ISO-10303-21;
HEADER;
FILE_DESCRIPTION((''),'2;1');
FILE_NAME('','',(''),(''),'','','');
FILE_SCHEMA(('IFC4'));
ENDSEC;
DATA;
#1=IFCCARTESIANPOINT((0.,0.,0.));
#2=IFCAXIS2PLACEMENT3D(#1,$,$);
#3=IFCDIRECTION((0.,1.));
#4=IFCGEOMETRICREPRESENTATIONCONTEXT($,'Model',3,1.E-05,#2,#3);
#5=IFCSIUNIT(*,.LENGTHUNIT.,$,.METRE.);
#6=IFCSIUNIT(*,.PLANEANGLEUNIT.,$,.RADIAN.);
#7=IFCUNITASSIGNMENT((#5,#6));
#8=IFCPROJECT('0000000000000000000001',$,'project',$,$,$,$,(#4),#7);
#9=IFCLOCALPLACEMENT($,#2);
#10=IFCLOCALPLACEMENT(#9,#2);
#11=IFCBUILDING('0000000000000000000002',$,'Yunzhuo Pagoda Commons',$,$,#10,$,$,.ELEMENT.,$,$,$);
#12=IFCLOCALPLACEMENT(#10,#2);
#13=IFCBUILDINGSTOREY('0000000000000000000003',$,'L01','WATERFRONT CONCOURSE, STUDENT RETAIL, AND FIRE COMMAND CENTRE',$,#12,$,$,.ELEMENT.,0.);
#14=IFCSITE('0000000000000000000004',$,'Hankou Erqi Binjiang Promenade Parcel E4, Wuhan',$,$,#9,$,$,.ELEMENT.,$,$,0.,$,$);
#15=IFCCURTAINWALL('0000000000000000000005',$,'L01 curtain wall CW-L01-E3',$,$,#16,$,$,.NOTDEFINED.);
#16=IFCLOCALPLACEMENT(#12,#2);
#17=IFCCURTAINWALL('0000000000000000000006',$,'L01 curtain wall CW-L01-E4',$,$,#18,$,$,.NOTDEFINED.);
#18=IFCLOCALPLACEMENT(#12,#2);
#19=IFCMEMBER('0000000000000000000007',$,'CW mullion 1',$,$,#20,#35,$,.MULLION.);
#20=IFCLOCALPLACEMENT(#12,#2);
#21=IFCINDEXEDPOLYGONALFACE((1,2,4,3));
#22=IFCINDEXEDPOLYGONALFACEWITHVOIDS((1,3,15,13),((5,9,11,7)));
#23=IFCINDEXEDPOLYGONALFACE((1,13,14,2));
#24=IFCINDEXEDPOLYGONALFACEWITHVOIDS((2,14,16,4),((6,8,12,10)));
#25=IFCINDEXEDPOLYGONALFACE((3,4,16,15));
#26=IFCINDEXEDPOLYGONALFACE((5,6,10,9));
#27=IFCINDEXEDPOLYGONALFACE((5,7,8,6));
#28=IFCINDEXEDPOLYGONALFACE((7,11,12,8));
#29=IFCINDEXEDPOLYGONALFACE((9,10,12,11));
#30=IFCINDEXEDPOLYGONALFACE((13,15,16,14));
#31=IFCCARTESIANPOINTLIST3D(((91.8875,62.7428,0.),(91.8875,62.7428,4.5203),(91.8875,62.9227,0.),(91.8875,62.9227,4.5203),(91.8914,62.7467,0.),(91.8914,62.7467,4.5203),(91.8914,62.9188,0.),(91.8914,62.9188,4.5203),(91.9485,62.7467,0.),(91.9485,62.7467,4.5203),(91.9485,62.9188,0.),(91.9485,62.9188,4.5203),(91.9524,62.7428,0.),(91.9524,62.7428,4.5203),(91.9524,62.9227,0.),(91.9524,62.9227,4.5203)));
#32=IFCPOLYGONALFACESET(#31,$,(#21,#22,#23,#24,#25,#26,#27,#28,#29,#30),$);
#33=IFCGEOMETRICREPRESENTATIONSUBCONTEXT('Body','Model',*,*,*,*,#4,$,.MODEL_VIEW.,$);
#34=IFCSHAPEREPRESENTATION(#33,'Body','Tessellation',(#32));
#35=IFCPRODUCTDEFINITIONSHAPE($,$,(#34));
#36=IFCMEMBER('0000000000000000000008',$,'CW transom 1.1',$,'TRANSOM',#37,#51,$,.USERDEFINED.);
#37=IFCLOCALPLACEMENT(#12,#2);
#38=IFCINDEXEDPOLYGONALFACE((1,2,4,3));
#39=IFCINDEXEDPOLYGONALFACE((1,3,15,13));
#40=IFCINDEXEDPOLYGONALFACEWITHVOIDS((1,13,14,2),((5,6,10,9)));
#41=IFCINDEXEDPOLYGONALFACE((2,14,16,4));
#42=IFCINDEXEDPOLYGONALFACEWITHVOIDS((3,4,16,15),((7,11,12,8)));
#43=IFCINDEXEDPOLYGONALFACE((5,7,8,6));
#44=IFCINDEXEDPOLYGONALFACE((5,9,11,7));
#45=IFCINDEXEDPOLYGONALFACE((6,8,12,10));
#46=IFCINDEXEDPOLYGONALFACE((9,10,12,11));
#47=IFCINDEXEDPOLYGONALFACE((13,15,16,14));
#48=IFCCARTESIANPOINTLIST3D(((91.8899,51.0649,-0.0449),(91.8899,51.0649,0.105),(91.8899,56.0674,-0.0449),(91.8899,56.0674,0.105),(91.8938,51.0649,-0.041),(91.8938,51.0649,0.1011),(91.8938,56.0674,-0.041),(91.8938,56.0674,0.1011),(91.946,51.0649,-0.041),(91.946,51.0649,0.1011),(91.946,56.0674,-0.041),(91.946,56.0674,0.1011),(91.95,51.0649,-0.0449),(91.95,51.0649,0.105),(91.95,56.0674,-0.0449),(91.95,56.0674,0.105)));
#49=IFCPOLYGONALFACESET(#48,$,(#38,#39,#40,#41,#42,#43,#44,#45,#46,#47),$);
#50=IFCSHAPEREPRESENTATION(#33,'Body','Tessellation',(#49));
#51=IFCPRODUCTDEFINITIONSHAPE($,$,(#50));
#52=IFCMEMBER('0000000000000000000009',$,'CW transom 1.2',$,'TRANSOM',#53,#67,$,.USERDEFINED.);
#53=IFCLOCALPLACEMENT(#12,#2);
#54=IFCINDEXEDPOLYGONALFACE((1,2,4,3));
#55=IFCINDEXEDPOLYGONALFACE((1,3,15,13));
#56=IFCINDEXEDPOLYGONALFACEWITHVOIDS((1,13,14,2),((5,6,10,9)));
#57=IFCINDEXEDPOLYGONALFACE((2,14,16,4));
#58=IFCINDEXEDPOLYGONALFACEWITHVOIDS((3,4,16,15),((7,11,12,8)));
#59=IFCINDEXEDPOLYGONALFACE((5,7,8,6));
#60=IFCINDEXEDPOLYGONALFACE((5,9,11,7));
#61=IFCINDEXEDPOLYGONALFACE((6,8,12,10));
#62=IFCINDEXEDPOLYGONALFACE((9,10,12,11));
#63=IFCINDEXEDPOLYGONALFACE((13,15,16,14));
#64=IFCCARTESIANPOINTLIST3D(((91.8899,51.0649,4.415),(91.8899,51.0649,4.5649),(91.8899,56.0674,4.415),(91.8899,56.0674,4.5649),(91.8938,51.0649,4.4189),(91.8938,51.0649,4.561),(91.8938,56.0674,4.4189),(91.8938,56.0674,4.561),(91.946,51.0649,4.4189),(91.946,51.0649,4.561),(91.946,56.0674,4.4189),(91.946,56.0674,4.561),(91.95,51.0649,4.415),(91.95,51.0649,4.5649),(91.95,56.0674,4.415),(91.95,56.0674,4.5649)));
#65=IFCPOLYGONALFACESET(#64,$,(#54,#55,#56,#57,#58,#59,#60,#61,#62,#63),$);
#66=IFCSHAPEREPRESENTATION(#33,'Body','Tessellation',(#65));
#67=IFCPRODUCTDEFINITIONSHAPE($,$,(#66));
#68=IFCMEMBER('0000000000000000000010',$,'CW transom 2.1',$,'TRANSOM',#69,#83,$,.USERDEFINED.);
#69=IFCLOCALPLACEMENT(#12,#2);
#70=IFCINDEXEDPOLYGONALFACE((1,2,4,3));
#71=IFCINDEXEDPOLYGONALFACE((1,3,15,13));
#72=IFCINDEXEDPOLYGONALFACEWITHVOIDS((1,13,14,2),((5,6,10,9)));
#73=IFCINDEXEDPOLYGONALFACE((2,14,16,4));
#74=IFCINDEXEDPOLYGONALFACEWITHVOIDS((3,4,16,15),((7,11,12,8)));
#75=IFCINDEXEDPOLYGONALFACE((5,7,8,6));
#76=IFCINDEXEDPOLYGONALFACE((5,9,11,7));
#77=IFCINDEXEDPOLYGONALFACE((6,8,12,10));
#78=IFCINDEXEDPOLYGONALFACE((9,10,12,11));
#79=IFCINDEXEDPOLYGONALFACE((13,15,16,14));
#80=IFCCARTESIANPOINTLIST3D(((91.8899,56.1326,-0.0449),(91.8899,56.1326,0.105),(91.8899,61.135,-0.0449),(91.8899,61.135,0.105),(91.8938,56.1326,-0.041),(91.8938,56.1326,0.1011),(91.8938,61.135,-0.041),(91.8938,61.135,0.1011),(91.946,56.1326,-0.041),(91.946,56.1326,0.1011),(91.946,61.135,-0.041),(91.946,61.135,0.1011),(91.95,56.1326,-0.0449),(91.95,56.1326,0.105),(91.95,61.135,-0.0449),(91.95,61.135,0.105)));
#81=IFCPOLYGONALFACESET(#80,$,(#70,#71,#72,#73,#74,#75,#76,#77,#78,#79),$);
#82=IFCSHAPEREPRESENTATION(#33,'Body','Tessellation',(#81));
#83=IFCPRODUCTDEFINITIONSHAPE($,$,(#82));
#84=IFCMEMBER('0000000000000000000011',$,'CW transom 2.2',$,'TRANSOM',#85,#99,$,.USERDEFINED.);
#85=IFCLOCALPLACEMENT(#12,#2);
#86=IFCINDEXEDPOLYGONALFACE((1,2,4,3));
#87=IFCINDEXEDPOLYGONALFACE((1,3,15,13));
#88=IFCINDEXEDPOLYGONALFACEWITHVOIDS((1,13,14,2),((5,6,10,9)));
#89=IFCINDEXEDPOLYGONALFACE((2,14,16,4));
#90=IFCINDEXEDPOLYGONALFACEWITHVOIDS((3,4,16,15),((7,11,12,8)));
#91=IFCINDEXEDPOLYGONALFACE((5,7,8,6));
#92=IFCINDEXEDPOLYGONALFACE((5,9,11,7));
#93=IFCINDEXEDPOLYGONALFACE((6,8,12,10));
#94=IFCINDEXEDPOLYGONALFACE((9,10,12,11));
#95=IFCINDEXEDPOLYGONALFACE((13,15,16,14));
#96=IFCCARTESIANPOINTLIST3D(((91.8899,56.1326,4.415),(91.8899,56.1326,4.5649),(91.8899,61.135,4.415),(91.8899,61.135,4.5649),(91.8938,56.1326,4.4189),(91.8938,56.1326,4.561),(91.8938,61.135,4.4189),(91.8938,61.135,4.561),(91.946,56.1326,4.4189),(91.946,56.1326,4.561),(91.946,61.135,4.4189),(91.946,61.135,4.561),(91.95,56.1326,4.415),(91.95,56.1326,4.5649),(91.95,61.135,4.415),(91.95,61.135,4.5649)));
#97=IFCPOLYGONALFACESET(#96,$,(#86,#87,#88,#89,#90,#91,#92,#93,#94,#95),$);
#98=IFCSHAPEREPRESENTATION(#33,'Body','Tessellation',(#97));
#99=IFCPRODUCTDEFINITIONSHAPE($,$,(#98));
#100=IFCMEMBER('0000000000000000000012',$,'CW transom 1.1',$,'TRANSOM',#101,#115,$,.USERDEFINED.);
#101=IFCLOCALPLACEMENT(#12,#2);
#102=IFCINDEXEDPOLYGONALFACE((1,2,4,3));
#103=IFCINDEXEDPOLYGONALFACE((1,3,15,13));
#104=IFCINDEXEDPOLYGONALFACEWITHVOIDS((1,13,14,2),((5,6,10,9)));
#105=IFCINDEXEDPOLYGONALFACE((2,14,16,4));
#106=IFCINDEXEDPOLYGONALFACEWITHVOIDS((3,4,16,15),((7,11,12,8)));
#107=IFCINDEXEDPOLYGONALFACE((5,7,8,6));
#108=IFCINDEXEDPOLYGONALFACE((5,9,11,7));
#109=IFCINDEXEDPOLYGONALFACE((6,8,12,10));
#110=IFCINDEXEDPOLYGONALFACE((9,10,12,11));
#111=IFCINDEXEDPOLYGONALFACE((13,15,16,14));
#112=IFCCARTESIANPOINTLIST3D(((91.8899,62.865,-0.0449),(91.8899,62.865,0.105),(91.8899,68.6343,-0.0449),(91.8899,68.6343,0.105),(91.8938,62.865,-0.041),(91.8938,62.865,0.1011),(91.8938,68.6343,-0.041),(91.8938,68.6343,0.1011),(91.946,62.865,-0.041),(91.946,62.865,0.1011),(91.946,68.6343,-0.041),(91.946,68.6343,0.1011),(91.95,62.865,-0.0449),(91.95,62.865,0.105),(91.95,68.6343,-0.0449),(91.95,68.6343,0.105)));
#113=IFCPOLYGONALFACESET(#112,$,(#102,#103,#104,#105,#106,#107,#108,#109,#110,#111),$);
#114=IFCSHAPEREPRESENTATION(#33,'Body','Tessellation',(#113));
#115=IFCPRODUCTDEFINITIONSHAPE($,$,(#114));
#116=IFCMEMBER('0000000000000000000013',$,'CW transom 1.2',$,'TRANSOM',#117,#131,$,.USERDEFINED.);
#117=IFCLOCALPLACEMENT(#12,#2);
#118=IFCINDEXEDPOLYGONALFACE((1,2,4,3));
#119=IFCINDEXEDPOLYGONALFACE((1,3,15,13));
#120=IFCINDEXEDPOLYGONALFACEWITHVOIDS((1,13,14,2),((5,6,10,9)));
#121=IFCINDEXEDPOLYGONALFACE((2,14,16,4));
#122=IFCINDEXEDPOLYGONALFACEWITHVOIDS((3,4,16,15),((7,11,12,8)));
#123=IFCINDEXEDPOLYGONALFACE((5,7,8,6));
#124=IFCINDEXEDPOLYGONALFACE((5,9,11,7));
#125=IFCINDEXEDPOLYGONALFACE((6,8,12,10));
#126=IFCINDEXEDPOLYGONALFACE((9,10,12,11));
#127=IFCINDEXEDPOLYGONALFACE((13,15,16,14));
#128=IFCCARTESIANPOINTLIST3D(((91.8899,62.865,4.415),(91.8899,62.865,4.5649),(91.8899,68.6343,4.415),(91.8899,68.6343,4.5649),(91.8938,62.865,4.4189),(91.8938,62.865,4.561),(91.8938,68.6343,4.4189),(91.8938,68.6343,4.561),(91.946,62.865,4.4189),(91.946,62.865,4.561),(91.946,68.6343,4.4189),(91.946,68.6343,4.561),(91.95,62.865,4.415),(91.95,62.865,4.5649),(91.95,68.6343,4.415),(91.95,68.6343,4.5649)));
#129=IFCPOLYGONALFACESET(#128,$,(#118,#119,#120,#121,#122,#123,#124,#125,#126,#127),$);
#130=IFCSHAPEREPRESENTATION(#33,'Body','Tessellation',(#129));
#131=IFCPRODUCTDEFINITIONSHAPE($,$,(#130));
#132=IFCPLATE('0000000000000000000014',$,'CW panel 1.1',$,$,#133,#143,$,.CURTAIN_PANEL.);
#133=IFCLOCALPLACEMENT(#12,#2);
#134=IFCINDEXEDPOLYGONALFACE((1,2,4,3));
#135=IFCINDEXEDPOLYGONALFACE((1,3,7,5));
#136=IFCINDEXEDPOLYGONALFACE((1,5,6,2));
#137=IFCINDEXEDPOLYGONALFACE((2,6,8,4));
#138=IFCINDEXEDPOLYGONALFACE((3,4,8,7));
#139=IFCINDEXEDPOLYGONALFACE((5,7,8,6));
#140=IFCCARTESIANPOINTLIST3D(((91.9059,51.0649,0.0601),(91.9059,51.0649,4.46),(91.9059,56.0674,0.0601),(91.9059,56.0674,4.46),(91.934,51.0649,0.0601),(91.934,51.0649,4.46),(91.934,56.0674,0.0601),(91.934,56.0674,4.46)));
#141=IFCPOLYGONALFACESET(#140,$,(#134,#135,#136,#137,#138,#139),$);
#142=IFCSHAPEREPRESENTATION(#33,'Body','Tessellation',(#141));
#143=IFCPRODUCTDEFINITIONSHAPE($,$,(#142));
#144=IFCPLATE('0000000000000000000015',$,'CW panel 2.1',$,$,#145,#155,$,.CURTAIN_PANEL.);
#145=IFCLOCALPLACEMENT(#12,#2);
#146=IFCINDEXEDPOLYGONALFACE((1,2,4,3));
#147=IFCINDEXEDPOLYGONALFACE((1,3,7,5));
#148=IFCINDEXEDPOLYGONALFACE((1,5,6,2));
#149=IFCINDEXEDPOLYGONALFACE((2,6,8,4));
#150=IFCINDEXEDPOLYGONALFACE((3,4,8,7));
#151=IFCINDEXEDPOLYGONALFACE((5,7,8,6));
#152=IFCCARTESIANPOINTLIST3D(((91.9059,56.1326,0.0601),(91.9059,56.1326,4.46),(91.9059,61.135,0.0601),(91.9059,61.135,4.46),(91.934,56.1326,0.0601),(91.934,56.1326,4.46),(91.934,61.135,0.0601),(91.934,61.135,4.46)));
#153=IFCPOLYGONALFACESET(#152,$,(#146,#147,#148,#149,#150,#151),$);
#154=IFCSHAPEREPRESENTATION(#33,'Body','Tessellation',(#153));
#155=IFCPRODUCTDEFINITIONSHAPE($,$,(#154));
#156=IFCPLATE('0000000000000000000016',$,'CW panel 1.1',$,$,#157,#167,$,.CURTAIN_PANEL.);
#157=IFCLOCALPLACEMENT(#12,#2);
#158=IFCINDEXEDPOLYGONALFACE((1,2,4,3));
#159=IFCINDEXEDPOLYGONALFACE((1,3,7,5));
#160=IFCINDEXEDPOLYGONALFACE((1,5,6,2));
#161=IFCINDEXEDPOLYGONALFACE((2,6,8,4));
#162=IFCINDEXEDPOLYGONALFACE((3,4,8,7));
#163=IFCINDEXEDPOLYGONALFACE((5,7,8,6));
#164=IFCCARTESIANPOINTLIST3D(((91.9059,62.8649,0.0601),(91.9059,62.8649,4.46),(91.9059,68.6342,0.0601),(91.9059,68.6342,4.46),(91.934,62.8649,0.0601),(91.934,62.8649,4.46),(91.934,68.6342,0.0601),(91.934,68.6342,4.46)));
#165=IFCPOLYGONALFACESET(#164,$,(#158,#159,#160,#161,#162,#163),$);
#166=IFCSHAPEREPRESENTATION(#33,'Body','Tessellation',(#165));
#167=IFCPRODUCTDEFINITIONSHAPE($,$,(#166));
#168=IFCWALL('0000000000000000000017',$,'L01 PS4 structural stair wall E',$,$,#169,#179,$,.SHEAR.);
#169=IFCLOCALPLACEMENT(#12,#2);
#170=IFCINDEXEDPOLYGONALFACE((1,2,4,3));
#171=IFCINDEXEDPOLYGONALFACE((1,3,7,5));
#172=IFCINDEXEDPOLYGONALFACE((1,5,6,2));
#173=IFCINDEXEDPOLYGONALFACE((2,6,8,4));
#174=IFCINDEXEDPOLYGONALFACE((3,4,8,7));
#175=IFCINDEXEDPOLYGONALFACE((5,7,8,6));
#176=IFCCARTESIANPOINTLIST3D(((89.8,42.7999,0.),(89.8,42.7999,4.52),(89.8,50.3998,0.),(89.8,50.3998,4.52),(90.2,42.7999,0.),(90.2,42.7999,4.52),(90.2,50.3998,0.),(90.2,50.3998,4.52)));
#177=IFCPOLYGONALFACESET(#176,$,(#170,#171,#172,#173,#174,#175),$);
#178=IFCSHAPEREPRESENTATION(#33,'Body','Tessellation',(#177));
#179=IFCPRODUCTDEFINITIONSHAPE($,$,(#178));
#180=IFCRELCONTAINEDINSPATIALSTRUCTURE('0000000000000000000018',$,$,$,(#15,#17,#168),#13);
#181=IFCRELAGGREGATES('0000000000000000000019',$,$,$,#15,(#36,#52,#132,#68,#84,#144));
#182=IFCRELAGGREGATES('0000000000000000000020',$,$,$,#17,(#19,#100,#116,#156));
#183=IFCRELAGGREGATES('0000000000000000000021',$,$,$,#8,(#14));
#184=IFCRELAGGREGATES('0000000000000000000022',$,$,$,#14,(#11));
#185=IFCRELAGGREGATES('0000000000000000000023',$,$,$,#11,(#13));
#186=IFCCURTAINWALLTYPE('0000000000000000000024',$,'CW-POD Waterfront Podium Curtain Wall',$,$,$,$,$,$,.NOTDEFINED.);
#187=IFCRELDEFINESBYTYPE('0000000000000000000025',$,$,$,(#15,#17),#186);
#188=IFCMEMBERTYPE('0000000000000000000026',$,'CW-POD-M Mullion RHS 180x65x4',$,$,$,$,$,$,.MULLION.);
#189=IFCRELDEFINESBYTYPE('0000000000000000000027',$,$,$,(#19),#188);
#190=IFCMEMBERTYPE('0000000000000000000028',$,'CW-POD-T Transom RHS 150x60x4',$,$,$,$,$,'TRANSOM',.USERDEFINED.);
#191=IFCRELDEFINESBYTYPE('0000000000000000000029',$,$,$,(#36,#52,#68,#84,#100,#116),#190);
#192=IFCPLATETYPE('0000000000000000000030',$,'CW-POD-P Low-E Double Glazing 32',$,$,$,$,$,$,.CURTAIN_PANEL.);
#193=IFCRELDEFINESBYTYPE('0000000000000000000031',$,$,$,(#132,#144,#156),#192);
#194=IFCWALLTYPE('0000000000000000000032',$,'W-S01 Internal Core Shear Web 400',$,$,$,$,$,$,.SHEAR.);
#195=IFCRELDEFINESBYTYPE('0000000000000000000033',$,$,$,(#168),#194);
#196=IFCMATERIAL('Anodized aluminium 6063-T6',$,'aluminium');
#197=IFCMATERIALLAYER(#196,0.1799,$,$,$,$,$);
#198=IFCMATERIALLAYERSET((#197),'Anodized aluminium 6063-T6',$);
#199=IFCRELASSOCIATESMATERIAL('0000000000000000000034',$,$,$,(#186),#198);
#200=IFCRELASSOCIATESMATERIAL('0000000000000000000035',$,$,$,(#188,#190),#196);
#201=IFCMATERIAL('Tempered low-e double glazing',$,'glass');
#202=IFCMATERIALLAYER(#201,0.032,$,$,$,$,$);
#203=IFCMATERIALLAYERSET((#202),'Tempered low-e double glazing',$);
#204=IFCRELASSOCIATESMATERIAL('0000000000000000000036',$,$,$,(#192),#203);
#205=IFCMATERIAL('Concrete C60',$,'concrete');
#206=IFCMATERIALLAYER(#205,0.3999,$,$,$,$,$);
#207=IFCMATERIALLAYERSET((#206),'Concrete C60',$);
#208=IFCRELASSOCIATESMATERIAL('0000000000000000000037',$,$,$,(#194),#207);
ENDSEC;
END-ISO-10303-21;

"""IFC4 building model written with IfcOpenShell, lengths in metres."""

from ifc_helpers import new_model, si_unit, direction, frame, frame_2d, origin, origin_2d, place, context, subcontext, project, spatial, rectangle, hollow_rectangle, extrude, source, transform, mapped, material, layer, layer_set, material_profile, profile_set, type_object, element, aggregate, save


model = new_model("IFC4")

# Units and contexts
model_context = context("Model", 3, precision=1e-05, world=origin(), true_north=direction((0.0, 1.0)))
body_context = subcontext(model_context, "Body", "Model", "MODEL_VIEW")
ifc_project = project(units=[si_unit("LENGTHUNIT", "METRE"), si_unit("PLANEANGLEUNIT", "RADIAN")], contexts=[model_context])

# Site, building, storey
site_placement = place(None, origin())
site = spatial("IfcSite", under=ifc_project, at=site_placement, Name="Hankou Erqi Binjiang Promenade Parcel E4, Wuhan", CompositionType="ELEMENT", RefElevation=0.0)
building_placement = place(site_placement, origin())
building = spatial("IfcBuilding", under=site, at=building_placement, Name="Yunzhuo Pagoda Commons", CompositionType="ELEMENT")
storey_placement = place(building_placement, origin())
storey = spatial("IfcBuildingStorey", under=building, at=storey_placement, Name="L01", Description="WATERFRONT CONCOURSE, STUDENT RETAIL, AND FIRE COMMAND CENTRE", CompositionType="ELEMENT", Elevation=0.0)

# Curtain wall
ifc_material_1 = material(Name="Anodized aluminium 6063-T6", Category="aluminium")
ifc_layer_1 = layer(ifc_material_1, 0.1799)
ifc_layer_set_1 = layer_set([ifc_layer_1], Name="Anodized aluminium 6063-T6")
curtain_wall_type = type_object("IfcCurtainWallType", Name="CW-POD Waterfront Podium Curtain Wall", PredefinedType="NOTDEFINED", material=ifc_layer_set_1)
curtain_wall_1_placement = place(storey_placement, origin())
curtain_wall_1 = element("IfcCurtainWall", 1, at=curtain_wall_1_placement, inside=storey, type_object=curtain_wall_type, Name="L01 curtain wall CW-L01-E3", PredefinedType="NOTDEFINED")
ifc_material_profile_1 = material_profile(ifc_material_1, hollow_rectangle(XDim=0.0649, YDim=0.1799, WallThickness=0.0039, at=origin_2d()), Name="Anodized aluminium 6063-T6")
ifc_profile_set_1 = profile_set([ifc_material_profile_1], Name="Anodized aluminium 6063-T6")
member_type_1 = type_object("IfcMemberType", Name="CW-POD-M Mullion RHS 180x65x4", PredefinedType="MULLION", material=ifc_profile_set_1)
shared_shape_1 = source(origin(), body_context, "Body", "SweptSolid", [
    extrude(hollow_rectangle(XDim=0.0649, YDim=0.1799, WallThickness=0.0039, at=origin_2d()), origin(), (0.0, 0.0, 1.0), 4.5203),
])

# Curtain wall, member
curtain_wall_2_placement = place(storey_placement, origin())
curtain_wall_2 = element("IfcCurtainWall", 2, at=curtain_wall_2_placement, inside=storey, type_object=curtain_wall_type, Name="L01 curtain wall CW-L01-E4", PredefinedType="NOTDEFINED")
member_1_placement = place(storey_placement, frame((91.9199, 62.8328, 0.0), z_axis=(0.0, 0.0, 1.0), x_axis=(-1.0, 0.0, 0.0)))
member_1 = element("IfcMember", 3, at=member_1_placement, type_object=member_type_1, Name="CW mullion 1", PredefinedType="MULLION", context=body_context, shape_type="MappedRepresentation", body=[
    mapped(shared_shape_1, transform((0.0, 0.0, 0.0), scale=1.0)),
])

# Members
ifc_material_profile_2 = material_profile(ifc_material_1, hollow_rectangle(XDim=0.0601, YDim=0.1499, WallThickness=0.0039, at=origin_2d()), Name="Anodized aluminium 6063-T6")
ifc_profile_set_2 = profile_set([ifc_material_profile_2], Name="Anodized aluminium 6063-T6")
member_type_2 = type_object("IfcMemberType", Name="CW-POD-T Transom RHS 150x60x4", ElementType="TRANSOM", PredefinedType="USERDEFINED", material=ifc_profile_set_2)
shared_shape_2 = source(origin(), body_context, "Body", "SweptSolid", [
    extrude(hollow_rectangle(XDim=0.0601, YDim=0.1499, WallThickness=0.0039, at=origin_2d()), origin(), (0.0, 0.0, 1.0), 5.0024),
])
member_2_placement = place(storey_placement, frame((91.9199, 51.0649, 0.03), z_axis=(0.0, 1.0, 0.0), x_axis=(-1.0, 0.0, 0.0)))
member_2 = element("IfcMember", 4, at=member_2_placement, type_object=member_type_2, Name="CW transom 1.1", ObjectType="TRANSOM", PredefinedType="USERDEFINED", context=body_context, shape_type="MappedRepresentation", body=[
    mapped(shared_shape_2, transform((0.0, 0.0, 0.0), scale=1.0)),
])
member_3_placement = place(storey_placement, frame((91.9199, 51.0649, 4.49), z_axis=(0.0, 1.0, 0.0), x_axis=(-1.0, 0.0, 0.0)))
member_3 = element("IfcMember", 5, at=member_3_placement, type_object=member_type_2, Name="CW transom 1.2", ObjectType="TRANSOM", PredefinedType="USERDEFINED", context=body_context, shape_type="MappedRepresentation", body=[
    mapped(shared_shape_2, transform((0.0, 0.0, 0.0), scale=1.0)),
])
member_4_placement = place(storey_placement, frame((91.9199, 56.1326, 0.03), z_axis=(0.0, 1.0, 0.0), x_axis=(-1.0, 0.0, 0.0)))
member_4 = element("IfcMember", 6, at=member_4_placement, type_object=member_type_2, Name="CW transom 2.1", ObjectType="TRANSOM", PredefinedType="USERDEFINED", context=body_context, shape_type="MappedRepresentation", body=[
    mapped(shared_shape_2, transform((0.0, 0.0, 0.0), scale=1.0)),
])
member_5_placement = place(storey_placement, frame((91.9199, 56.1326, 4.49), z_axis=(0.0, 1.0, 0.0), x_axis=(-1.0, 0.0, 0.0)))
member_5 = element("IfcMember", 7, at=member_5_placement, type_object=member_type_2, Name="CW transom 2.2", ObjectType="TRANSOM", PredefinedType="USERDEFINED", context=body_context, shape_type="MappedRepresentation", body=[
    mapped(shared_shape_2, transform((0.0, 0.0, 0.0), scale=1.0)),
])
shared_shape_3 = source(origin(), body_context, "Body", "SweptSolid", [
    extrude(hollow_rectangle(XDim=0.0601, YDim=0.1499, WallThickness=0.0039, at=origin_2d()), origin(), (0.0, 0.0, 1.0), 5.7693),
])
member_6_placement = place(storey_placement, frame((91.9199, 62.865, 0.03), z_axis=(0.0, 1.0, 0.0), x_axis=(-1.0, 0.0, 0.0)))
member_6 = element("IfcMember", 8, at=member_6_placement, type_object=member_type_2, Name="CW transom 1.1", ObjectType="TRANSOM", PredefinedType="USERDEFINED", context=body_context, shape_type="MappedRepresentation", body=[
    mapped(shared_shape_3, transform((0.0, 0.0, 0.0), scale=1.0)),
])
member_7_placement = place(storey_placement, frame((91.9199, 62.865, 4.49), z_axis=(0.0, 1.0, 0.0), x_axis=(-1.0, 0.0, 0.0)))
member_7 = element("IfcMember", 9, at=member_7_placement, type_object=member_type_2, Name="CW transom 1.2", ObjectType="TRANSOM", PredefinedType="USERDEFINED", context=body_context, shape_type="MappedRepresentation", body=[
    mapped(shared_shape_3, transform((0.0, 0.0, 0.0), scale=1.0)),
])

# Plates
ifc_material_2 = material(Name="Tempered low-e double glazing", Category="glass")
ifc_layer_2 = layer(ifc_material_2, 0.032)
ifc_layer_set_2 = layer_set([ifc_layer_2], Name="Tempered low-e double glazing")
plate_type = type_object("IfcPlateType", Name="CW-POD-P Low-E Double Glazing 32", PredefinedType="CURTAIN_PANEL", material=ifc_layer_set_2)
shared_shape_4 = source(origin(), body_context, "Body", "SweptSolid", [
    extrude(rectangle(XDim=5.0024, YDim=0.0281, at=origin_2d()), origin(), (0.0, 0.0, 1.0), 4.3999),
])
plate_1_placement = place(storey_placement, frame((91.9199, 53.5662, 0.0601), z_axis=(0.0, 0.0, 1.0), x_axis=(0.0, 1.0, 0.0)))
plate_1 = element("IfcPlate", 10, at=plate_1_placement, type_object=plate_type, Name="CW panel 1.1", PredefinedType="CURTAIN_PANEL", context=body_context, shape_type="MappedRepresentation", body=[
    mapped(shared_shape_4, transform((0.0, 0.0, 0.0), scale=1.0)),
])
plate_2_placement = place(storey_placement, frame((91.9199, 58.6338, 0.0601), z_axis=(0.0, 0.0, 1.0), x_axis=(0.0, 1.0, 0.0)))
plate_2 = element("IfcPlate", 11, at=plate_2_placement, type_object=plate_type, Name="CW panel 2.1", PredefinedType="CURTAIN_PANEL", context=body_context, shape_type="MappedRepresentation", body=[
    mapped(shared_shape_4, transform((0.0, 0.0, 0.0), scale=1.0)),
])
aggregate(curtain_wall_1, [member_2, member_3, plate_1, member_4, member_5, plate_2])
shared_shape_5 = source(origin(), body_context, "Body", "SweptSolid", [
    extrude(rectangle(XDim=5.7693, YDim=0.0281, at=origin_2d()), origin(), (0.0, 0.0, 1.0), 4.3999),
])
plate_3_placement = place(storey_placement, frame((91.9199, 65.7495, 0.0601), z_axis=(0.0, 0.0, 1.0), x_axis=(0.0, 1.0, 0.0)))
plate_3 = element("IfcPlate", 12, at=plate_3_placement, type_object=plate_type, Name="CW panel 1.1", PredefinedType="CURTAIN_PANEL", context=body_context, shape_type="MappedRepresentation", body=[
    mapped(shared_shape_5, transform((0.0, 0.0, 0.0), scale=1.0)),
])
aggregate(curtain_wall_2, [member_1, member_6, member_7, plate_3])

# Wall
ifc_material_3 = material(Name="Concrete C60", Category="concrete")
ifc_layer_3 = layer(ifc_material_3, 0.3999)
ifc_layer_set_3 = layer_set([ifc_layer_3], Name="Concrete C60")
wall_type_1 = type_object("IfcWallType", Name="W-S01 Internal Core Shear Web 400", PredefinedType="SHEAR", material=ifc_layer_set_3)
wall_1_placement = place(storey_placement, frame((90.0, 42.8, 0.0), z_axis=(0.0, 0.0, 1.0), x_axis=(0.0, 1.0, 0.0)))
element("IfcWall", 13, at=wall_1_placement, inside=storey, type_object=wall_type_1, Name="L01 PS4 structural stair wall E", PredefinedType="SHEAR", context=body_context, shape_type="SweptSolid", body=[
    extrude(rectangle(XDim=7.5999, YDim=0.3999, at=frame_2d((3.7998, 0.0))), origin(), (0.0, 0.0, 1.0), 4.52),
])

save(model, "model.ifc")
